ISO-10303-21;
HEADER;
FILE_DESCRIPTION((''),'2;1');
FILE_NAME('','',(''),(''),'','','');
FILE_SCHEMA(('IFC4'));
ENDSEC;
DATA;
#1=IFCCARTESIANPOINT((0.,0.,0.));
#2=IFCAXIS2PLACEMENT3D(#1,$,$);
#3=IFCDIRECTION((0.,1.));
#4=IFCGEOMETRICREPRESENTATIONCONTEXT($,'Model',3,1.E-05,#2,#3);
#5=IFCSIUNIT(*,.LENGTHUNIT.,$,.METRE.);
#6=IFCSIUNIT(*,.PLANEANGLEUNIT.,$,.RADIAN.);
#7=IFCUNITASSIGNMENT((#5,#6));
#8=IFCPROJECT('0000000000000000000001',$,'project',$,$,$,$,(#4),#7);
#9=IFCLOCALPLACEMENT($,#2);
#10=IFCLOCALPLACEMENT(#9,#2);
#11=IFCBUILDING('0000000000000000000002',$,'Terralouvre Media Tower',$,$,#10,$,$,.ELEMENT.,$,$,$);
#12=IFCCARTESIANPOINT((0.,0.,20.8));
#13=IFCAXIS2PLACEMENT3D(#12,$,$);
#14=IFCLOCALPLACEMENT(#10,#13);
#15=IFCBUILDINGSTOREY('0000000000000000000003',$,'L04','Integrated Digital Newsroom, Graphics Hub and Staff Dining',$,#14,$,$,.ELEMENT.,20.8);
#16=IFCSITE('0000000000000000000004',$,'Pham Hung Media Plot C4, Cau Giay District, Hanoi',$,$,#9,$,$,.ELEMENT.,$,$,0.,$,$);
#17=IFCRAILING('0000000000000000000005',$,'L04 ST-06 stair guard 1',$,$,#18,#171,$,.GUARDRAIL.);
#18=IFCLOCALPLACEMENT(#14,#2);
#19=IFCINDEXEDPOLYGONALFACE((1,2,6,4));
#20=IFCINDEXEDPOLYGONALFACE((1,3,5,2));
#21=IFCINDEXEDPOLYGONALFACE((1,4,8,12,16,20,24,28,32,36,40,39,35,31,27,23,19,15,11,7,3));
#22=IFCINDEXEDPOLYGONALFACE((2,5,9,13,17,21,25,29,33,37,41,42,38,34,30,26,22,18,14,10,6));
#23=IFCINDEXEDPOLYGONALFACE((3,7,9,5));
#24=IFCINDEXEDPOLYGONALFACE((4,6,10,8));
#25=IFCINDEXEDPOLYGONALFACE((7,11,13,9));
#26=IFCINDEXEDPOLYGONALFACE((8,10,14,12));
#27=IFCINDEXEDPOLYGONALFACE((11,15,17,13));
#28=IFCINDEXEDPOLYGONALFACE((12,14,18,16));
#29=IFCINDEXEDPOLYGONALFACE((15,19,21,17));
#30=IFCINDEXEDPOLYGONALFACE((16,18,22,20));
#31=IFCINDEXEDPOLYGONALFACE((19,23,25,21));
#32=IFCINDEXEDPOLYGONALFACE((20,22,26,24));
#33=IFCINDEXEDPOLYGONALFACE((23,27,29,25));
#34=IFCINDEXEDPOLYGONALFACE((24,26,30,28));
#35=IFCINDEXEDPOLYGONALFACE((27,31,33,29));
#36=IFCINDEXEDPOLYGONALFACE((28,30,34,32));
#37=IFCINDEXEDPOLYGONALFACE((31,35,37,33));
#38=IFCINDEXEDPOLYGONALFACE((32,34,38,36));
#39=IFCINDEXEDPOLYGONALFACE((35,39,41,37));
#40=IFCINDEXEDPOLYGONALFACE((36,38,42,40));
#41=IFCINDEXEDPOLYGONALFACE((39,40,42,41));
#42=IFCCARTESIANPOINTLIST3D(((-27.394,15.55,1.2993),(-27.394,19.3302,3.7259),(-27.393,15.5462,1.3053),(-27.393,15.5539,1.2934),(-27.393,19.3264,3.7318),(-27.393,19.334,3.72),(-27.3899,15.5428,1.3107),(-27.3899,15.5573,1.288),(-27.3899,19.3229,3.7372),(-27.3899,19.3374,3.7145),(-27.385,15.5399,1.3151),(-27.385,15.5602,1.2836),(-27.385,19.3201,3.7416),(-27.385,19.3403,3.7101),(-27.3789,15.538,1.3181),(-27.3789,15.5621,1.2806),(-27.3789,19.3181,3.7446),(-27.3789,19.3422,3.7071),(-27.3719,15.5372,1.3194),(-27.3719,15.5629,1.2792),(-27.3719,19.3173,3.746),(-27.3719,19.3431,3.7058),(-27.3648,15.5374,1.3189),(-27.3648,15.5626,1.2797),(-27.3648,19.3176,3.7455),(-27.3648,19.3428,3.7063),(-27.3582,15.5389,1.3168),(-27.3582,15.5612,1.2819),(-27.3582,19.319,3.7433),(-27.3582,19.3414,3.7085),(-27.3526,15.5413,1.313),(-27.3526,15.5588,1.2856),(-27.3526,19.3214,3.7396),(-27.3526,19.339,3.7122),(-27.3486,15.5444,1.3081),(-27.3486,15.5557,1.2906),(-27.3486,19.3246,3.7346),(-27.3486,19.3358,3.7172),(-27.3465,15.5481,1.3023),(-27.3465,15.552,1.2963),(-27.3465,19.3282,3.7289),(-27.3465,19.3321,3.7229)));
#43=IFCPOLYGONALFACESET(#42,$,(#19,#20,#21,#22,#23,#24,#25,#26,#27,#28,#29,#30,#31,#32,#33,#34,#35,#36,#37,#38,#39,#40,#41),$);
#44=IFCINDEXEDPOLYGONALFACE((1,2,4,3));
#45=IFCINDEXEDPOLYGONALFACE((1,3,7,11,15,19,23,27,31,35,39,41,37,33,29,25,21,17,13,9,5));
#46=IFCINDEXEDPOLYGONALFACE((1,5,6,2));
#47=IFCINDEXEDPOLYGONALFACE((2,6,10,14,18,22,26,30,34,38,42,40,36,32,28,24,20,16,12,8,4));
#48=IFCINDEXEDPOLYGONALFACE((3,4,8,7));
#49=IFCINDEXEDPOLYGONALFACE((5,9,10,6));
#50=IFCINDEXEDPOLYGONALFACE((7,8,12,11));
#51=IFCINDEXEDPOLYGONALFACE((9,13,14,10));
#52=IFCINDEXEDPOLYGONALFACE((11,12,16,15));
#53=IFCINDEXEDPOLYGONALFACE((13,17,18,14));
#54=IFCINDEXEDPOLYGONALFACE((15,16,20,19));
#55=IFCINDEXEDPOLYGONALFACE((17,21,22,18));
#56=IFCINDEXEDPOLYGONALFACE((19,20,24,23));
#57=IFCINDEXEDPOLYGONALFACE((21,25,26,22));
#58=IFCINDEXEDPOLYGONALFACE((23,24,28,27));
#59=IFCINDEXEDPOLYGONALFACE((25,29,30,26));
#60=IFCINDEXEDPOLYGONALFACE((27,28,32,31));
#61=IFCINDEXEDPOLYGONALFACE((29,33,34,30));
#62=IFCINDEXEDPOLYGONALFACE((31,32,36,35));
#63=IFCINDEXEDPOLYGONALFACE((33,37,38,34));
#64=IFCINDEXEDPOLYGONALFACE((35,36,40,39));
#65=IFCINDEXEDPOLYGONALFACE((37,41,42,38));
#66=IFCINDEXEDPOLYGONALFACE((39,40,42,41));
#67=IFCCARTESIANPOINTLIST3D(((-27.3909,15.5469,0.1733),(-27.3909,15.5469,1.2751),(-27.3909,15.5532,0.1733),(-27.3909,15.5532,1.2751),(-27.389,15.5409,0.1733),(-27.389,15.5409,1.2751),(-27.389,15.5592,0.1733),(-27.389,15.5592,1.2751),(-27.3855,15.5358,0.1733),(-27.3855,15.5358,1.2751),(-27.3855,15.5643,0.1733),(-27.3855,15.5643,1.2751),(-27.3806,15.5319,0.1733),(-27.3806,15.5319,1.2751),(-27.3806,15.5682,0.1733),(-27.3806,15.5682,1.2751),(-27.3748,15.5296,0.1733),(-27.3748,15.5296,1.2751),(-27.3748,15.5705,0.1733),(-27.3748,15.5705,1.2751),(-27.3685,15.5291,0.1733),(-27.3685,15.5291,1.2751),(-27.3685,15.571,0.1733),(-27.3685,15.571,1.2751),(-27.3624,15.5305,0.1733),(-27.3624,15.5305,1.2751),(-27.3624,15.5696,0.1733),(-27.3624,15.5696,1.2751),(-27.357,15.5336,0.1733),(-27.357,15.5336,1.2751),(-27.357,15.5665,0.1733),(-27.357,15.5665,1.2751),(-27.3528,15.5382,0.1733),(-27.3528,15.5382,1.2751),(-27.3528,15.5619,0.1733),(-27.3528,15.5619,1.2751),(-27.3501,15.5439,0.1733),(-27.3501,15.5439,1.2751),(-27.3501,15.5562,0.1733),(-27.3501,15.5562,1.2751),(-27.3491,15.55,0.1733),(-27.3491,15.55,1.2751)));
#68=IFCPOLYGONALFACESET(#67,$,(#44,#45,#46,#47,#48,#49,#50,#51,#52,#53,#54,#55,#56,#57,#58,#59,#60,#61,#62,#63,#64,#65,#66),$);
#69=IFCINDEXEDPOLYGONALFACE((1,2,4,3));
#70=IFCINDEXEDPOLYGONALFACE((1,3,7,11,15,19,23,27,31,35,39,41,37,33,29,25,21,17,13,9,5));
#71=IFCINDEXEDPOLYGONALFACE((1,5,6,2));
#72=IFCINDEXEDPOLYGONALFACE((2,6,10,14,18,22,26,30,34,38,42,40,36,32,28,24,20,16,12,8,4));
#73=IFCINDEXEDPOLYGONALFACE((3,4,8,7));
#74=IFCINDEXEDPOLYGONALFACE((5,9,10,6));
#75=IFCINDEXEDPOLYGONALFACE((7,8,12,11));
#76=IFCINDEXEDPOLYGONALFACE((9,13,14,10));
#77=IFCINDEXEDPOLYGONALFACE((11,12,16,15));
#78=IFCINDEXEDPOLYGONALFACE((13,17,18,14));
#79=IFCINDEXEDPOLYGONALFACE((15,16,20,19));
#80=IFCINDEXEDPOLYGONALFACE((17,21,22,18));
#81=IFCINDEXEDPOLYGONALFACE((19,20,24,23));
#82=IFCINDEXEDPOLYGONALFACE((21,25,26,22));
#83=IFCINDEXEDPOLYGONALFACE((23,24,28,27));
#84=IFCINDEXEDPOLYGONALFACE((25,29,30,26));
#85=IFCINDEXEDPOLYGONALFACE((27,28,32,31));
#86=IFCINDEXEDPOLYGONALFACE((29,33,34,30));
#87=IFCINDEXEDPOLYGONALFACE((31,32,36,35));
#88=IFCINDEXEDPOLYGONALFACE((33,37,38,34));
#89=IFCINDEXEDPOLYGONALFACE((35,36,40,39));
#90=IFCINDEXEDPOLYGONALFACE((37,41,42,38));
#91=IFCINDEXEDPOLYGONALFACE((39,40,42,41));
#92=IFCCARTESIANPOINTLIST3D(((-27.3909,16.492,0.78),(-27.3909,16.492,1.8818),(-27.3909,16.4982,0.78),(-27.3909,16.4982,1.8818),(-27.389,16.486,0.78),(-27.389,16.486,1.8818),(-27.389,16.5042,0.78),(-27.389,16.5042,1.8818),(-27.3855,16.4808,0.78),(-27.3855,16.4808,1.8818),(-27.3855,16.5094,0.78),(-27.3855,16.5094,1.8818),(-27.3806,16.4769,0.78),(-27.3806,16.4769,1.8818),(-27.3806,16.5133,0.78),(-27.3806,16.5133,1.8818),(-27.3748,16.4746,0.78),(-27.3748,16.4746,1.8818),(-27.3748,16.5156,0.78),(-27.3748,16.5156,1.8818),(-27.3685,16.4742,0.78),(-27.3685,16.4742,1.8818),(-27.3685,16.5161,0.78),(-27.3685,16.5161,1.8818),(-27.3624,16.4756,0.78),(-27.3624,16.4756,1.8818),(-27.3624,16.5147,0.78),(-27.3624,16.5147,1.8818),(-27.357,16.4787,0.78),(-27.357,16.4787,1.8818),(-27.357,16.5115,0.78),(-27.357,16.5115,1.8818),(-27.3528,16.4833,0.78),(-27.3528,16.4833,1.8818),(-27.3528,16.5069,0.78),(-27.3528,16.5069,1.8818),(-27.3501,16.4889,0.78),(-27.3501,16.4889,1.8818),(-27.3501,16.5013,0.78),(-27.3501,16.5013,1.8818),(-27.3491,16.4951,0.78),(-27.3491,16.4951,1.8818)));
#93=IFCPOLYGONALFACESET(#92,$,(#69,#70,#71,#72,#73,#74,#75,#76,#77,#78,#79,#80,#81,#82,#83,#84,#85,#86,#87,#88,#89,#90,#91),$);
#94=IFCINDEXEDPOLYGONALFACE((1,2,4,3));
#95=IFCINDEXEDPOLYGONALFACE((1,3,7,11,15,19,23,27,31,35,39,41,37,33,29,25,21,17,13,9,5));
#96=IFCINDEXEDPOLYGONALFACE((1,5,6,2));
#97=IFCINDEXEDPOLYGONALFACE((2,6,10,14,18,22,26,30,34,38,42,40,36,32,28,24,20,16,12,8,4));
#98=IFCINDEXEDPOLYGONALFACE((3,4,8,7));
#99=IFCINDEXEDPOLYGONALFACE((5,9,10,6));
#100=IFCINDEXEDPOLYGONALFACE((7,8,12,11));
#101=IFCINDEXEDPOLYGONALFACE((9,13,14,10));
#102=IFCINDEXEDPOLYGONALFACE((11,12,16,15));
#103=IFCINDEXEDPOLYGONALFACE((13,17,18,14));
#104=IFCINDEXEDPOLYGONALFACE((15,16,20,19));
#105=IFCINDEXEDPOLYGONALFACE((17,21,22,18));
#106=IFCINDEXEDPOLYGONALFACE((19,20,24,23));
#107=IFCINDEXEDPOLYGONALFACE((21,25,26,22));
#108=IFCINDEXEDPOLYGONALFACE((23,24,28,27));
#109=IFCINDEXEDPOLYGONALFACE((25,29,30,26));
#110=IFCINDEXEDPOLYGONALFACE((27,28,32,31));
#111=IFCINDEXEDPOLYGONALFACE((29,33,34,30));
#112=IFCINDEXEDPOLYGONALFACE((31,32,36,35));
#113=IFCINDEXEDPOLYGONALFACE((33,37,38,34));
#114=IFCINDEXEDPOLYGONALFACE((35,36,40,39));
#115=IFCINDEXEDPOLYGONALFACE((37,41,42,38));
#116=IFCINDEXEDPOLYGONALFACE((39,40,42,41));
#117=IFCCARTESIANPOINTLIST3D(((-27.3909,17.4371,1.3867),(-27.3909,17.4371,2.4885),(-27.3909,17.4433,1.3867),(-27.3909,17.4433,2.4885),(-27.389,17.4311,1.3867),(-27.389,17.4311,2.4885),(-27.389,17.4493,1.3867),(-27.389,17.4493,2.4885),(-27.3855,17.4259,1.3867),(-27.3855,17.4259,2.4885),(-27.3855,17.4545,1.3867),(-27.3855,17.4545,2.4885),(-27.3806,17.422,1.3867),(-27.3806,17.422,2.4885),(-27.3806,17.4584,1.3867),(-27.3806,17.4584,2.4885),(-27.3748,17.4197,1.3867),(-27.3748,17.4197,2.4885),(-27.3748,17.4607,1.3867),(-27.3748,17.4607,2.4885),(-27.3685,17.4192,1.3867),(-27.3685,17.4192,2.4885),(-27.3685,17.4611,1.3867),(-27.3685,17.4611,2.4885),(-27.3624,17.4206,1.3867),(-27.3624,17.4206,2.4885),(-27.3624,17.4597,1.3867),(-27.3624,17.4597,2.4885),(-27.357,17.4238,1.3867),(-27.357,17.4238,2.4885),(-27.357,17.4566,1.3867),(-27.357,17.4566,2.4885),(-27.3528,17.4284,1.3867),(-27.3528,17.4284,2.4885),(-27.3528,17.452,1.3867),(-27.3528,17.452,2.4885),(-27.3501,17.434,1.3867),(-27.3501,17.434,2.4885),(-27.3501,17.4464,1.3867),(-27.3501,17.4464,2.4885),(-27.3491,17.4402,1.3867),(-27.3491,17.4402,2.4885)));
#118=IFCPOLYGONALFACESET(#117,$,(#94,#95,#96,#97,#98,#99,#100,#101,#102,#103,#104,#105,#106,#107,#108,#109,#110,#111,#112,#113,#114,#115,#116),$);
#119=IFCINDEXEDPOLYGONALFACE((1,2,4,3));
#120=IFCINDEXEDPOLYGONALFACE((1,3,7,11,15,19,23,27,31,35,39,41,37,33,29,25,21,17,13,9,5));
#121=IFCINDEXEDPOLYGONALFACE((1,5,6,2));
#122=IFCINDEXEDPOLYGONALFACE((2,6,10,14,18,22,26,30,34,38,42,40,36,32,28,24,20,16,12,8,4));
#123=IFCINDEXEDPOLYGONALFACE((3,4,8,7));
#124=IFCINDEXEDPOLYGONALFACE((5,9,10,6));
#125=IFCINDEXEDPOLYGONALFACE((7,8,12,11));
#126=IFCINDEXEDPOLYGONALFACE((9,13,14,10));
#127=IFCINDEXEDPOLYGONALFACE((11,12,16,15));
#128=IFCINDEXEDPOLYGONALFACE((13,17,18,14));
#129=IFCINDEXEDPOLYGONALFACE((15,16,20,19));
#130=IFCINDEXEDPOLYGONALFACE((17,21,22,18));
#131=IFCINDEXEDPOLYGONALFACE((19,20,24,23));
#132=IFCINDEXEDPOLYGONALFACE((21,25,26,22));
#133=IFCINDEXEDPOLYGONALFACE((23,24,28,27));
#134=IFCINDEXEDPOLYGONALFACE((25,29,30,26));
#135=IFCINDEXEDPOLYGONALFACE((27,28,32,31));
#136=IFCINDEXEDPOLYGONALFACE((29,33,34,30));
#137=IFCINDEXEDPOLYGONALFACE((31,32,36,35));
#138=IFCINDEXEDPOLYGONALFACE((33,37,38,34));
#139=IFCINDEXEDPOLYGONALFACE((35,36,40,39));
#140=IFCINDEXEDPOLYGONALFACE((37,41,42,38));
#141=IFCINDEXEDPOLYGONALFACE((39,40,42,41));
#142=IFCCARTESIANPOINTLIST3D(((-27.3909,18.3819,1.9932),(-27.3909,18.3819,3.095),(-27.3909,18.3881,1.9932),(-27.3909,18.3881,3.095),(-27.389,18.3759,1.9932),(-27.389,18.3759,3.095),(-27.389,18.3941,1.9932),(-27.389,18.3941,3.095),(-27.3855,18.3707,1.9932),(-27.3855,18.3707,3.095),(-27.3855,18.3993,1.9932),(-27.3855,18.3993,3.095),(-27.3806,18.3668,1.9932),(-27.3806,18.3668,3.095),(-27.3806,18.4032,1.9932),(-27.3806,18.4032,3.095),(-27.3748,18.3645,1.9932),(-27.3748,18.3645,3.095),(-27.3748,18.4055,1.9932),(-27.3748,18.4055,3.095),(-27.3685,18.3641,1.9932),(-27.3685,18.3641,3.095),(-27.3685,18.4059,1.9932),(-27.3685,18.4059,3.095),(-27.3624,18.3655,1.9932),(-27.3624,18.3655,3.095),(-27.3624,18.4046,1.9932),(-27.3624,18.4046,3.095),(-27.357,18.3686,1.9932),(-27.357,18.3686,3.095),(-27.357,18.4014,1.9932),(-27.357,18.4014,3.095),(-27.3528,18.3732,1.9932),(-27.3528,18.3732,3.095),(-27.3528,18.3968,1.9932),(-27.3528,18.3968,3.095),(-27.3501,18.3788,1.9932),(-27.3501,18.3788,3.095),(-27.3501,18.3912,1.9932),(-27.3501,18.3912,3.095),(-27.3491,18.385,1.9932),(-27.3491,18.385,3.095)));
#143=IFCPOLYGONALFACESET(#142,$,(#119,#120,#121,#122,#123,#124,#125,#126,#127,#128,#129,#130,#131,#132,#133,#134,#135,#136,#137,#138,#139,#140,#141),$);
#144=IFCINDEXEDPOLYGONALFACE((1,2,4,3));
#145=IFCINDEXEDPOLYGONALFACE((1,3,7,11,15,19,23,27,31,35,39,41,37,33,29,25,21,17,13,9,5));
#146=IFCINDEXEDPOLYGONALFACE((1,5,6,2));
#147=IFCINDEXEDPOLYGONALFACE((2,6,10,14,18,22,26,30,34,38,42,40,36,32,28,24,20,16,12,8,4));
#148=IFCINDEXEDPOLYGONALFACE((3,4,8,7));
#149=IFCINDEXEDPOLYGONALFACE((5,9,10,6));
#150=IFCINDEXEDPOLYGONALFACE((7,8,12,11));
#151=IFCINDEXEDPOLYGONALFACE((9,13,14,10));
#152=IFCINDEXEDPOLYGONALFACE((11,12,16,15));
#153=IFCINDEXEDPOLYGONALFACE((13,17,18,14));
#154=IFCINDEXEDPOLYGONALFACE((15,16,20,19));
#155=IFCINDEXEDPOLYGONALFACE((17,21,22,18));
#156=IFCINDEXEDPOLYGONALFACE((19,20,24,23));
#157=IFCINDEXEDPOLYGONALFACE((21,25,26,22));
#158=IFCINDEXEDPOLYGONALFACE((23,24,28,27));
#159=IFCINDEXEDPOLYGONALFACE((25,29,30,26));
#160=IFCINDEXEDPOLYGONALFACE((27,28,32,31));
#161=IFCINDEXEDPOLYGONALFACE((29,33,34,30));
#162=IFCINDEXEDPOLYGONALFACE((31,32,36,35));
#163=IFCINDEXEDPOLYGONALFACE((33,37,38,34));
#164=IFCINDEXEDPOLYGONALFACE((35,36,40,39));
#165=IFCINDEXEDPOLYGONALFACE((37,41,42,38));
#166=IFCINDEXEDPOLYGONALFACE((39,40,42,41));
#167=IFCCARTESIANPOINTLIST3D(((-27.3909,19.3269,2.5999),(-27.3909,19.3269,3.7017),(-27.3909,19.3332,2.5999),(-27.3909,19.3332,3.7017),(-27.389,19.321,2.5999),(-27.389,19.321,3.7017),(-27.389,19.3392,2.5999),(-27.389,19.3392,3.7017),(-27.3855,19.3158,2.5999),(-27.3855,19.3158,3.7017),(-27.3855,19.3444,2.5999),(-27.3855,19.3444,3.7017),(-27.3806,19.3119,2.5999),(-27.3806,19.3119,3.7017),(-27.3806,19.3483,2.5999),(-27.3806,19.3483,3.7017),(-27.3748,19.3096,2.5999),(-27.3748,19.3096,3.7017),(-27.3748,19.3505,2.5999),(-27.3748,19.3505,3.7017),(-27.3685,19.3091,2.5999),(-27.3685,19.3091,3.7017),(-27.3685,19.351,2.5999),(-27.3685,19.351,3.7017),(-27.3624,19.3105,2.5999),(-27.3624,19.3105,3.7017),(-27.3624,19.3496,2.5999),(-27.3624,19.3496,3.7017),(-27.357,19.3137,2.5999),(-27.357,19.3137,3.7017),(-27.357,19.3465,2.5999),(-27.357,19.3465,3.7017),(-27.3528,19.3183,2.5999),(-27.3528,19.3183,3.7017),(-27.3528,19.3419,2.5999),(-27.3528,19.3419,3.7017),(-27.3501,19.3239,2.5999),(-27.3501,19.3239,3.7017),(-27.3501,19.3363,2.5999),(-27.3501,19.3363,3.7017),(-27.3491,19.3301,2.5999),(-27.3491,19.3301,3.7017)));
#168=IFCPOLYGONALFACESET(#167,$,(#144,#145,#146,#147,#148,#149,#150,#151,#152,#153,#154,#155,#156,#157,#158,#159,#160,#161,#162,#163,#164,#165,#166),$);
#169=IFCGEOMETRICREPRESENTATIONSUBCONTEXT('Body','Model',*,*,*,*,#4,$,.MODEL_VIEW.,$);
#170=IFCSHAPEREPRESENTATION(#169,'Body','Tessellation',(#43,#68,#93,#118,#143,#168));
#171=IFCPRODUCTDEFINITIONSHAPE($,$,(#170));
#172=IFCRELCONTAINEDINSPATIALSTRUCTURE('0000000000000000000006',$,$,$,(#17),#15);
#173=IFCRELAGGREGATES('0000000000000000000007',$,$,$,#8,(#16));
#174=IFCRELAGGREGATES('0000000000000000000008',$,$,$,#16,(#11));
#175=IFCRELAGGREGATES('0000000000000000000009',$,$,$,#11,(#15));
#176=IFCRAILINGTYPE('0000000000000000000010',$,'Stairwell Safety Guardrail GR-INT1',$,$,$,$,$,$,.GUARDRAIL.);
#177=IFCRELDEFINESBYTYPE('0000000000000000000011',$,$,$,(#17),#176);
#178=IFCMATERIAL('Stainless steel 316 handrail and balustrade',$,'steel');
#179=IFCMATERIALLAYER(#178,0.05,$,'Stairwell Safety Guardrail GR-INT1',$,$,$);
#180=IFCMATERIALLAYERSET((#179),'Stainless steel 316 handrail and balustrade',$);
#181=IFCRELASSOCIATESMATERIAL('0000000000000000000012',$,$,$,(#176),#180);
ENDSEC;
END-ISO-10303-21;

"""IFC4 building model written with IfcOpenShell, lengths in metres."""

from ifc_helpers import new_model, si_unit, direction, frame, origin, origin_2d, place, context, subcontext, project, spatial, circle, extrude, material, layer, layer_set, type_object, element, save


model = new_model("IFC4")

# Units and contexts
model_context = context("Model", 3, precision=1e-05, world=origin(), true_north=direction((0.0, 1.0)))
body_context = subcontext(model_context, "Body", "Model", "MODEL_VIEW")
ifc_project = project(units=[si_unit("LENGTHUNIT", "METRE"), si_unit("PLANEANGLEUNIT", "RADIAN")], contexts=[model_context])

# Site, building, storey
site_placement = place(None, origin())
site = spatial("IfcSite", under=ifc_project, at=site_placement, Name="Pham Hung Media Plot C4, Cau Giay District, Hanoi", CompositionType="ELEMENT", RefElevation=0.0)
building_placement = place(site_placement, origin())
building = spatial("IfcBuilding", under=site, at=building_placement, Name="Terralouvre Media Tower", CompositionType="ELEMENT")
storey_placement = place(building_placement, frame((0.0, 0.0, 20.8)))
storey = spatial("IfcBuildingStorey", under=building, at=storey_placement, Name="L04", Description="Integrated Digital Newsroom, Graphics Hub and Staff Dining", CompositionType="ELEMENT", Elevation=20.8)

# Railing
ifc_material_1 = material(Name="Stainless steel 316 handrail and balustrade", Category="steel")
ifc_layer_1 = layer(ifc_material_1, 0.05, Name="Stairwell Safety Guardrail GR-INT1")
ifc_layer_set_1 = layer_set([ifc_layer_1], Name="Stainless steel 316 handrail and balustrade")
railing_type_1 = type_object("IfcRailingType", Name="Stairwell Safety Guardrail GR-INT1", PredefinedType="GUARDRAIL", material=ifc_layer_set_1)
railing_1_placement = place(storey_placement, frame((-27.3701, 15.55, 0.1733)))
element("IfcRailing", 1, at=railing_1_placement, inside=storey, type_object=railing_type_1, Name="L04 ST-06 stair guard 1", PredefinedType="GUARDRAIL", context=body_context, shape_type="SweptSolid", body=[
    extrude(circle(Radius=0.0239, at=origin_2d()), frame((0.0, 0.0, 1.126), z_axis=(0.0, 0.841533, 0.540205), x_axis=(-1.0, 0.0, 0.0)), (0.0, 0.0, 1.0), 4.4919),
    extrude(circle(Radius=0.021, at=origin_2d()), origin(), (0.0, 0.0, 1.0), 1.1018),
    extrude(circle(Radius=0.021, at=origin_2d()), frame((0.0, 0.9451, 0.6067)), (0.0, 0.0, 1.0), 1.1018),
    extrude(circle(Radius=0.021, at=origin_2d()), frame((0.0, 1.8901, 1.2134)), (0.0, 0.0, 1.0), 1.1018),
    extrude(circle(Radius=0.021, at=origin_2d()), frame((0.0, 2.835, 1.8198)), (0.0, 0.0, 1.0), 1.1018),
    extrude(circle(Radius=0.021, at=origin_2d()), frame((0.0, 3.78, 2.4265)), (0.0, 0.0, 1.0), 1.1018),
])

save(model, "model.ifc")
